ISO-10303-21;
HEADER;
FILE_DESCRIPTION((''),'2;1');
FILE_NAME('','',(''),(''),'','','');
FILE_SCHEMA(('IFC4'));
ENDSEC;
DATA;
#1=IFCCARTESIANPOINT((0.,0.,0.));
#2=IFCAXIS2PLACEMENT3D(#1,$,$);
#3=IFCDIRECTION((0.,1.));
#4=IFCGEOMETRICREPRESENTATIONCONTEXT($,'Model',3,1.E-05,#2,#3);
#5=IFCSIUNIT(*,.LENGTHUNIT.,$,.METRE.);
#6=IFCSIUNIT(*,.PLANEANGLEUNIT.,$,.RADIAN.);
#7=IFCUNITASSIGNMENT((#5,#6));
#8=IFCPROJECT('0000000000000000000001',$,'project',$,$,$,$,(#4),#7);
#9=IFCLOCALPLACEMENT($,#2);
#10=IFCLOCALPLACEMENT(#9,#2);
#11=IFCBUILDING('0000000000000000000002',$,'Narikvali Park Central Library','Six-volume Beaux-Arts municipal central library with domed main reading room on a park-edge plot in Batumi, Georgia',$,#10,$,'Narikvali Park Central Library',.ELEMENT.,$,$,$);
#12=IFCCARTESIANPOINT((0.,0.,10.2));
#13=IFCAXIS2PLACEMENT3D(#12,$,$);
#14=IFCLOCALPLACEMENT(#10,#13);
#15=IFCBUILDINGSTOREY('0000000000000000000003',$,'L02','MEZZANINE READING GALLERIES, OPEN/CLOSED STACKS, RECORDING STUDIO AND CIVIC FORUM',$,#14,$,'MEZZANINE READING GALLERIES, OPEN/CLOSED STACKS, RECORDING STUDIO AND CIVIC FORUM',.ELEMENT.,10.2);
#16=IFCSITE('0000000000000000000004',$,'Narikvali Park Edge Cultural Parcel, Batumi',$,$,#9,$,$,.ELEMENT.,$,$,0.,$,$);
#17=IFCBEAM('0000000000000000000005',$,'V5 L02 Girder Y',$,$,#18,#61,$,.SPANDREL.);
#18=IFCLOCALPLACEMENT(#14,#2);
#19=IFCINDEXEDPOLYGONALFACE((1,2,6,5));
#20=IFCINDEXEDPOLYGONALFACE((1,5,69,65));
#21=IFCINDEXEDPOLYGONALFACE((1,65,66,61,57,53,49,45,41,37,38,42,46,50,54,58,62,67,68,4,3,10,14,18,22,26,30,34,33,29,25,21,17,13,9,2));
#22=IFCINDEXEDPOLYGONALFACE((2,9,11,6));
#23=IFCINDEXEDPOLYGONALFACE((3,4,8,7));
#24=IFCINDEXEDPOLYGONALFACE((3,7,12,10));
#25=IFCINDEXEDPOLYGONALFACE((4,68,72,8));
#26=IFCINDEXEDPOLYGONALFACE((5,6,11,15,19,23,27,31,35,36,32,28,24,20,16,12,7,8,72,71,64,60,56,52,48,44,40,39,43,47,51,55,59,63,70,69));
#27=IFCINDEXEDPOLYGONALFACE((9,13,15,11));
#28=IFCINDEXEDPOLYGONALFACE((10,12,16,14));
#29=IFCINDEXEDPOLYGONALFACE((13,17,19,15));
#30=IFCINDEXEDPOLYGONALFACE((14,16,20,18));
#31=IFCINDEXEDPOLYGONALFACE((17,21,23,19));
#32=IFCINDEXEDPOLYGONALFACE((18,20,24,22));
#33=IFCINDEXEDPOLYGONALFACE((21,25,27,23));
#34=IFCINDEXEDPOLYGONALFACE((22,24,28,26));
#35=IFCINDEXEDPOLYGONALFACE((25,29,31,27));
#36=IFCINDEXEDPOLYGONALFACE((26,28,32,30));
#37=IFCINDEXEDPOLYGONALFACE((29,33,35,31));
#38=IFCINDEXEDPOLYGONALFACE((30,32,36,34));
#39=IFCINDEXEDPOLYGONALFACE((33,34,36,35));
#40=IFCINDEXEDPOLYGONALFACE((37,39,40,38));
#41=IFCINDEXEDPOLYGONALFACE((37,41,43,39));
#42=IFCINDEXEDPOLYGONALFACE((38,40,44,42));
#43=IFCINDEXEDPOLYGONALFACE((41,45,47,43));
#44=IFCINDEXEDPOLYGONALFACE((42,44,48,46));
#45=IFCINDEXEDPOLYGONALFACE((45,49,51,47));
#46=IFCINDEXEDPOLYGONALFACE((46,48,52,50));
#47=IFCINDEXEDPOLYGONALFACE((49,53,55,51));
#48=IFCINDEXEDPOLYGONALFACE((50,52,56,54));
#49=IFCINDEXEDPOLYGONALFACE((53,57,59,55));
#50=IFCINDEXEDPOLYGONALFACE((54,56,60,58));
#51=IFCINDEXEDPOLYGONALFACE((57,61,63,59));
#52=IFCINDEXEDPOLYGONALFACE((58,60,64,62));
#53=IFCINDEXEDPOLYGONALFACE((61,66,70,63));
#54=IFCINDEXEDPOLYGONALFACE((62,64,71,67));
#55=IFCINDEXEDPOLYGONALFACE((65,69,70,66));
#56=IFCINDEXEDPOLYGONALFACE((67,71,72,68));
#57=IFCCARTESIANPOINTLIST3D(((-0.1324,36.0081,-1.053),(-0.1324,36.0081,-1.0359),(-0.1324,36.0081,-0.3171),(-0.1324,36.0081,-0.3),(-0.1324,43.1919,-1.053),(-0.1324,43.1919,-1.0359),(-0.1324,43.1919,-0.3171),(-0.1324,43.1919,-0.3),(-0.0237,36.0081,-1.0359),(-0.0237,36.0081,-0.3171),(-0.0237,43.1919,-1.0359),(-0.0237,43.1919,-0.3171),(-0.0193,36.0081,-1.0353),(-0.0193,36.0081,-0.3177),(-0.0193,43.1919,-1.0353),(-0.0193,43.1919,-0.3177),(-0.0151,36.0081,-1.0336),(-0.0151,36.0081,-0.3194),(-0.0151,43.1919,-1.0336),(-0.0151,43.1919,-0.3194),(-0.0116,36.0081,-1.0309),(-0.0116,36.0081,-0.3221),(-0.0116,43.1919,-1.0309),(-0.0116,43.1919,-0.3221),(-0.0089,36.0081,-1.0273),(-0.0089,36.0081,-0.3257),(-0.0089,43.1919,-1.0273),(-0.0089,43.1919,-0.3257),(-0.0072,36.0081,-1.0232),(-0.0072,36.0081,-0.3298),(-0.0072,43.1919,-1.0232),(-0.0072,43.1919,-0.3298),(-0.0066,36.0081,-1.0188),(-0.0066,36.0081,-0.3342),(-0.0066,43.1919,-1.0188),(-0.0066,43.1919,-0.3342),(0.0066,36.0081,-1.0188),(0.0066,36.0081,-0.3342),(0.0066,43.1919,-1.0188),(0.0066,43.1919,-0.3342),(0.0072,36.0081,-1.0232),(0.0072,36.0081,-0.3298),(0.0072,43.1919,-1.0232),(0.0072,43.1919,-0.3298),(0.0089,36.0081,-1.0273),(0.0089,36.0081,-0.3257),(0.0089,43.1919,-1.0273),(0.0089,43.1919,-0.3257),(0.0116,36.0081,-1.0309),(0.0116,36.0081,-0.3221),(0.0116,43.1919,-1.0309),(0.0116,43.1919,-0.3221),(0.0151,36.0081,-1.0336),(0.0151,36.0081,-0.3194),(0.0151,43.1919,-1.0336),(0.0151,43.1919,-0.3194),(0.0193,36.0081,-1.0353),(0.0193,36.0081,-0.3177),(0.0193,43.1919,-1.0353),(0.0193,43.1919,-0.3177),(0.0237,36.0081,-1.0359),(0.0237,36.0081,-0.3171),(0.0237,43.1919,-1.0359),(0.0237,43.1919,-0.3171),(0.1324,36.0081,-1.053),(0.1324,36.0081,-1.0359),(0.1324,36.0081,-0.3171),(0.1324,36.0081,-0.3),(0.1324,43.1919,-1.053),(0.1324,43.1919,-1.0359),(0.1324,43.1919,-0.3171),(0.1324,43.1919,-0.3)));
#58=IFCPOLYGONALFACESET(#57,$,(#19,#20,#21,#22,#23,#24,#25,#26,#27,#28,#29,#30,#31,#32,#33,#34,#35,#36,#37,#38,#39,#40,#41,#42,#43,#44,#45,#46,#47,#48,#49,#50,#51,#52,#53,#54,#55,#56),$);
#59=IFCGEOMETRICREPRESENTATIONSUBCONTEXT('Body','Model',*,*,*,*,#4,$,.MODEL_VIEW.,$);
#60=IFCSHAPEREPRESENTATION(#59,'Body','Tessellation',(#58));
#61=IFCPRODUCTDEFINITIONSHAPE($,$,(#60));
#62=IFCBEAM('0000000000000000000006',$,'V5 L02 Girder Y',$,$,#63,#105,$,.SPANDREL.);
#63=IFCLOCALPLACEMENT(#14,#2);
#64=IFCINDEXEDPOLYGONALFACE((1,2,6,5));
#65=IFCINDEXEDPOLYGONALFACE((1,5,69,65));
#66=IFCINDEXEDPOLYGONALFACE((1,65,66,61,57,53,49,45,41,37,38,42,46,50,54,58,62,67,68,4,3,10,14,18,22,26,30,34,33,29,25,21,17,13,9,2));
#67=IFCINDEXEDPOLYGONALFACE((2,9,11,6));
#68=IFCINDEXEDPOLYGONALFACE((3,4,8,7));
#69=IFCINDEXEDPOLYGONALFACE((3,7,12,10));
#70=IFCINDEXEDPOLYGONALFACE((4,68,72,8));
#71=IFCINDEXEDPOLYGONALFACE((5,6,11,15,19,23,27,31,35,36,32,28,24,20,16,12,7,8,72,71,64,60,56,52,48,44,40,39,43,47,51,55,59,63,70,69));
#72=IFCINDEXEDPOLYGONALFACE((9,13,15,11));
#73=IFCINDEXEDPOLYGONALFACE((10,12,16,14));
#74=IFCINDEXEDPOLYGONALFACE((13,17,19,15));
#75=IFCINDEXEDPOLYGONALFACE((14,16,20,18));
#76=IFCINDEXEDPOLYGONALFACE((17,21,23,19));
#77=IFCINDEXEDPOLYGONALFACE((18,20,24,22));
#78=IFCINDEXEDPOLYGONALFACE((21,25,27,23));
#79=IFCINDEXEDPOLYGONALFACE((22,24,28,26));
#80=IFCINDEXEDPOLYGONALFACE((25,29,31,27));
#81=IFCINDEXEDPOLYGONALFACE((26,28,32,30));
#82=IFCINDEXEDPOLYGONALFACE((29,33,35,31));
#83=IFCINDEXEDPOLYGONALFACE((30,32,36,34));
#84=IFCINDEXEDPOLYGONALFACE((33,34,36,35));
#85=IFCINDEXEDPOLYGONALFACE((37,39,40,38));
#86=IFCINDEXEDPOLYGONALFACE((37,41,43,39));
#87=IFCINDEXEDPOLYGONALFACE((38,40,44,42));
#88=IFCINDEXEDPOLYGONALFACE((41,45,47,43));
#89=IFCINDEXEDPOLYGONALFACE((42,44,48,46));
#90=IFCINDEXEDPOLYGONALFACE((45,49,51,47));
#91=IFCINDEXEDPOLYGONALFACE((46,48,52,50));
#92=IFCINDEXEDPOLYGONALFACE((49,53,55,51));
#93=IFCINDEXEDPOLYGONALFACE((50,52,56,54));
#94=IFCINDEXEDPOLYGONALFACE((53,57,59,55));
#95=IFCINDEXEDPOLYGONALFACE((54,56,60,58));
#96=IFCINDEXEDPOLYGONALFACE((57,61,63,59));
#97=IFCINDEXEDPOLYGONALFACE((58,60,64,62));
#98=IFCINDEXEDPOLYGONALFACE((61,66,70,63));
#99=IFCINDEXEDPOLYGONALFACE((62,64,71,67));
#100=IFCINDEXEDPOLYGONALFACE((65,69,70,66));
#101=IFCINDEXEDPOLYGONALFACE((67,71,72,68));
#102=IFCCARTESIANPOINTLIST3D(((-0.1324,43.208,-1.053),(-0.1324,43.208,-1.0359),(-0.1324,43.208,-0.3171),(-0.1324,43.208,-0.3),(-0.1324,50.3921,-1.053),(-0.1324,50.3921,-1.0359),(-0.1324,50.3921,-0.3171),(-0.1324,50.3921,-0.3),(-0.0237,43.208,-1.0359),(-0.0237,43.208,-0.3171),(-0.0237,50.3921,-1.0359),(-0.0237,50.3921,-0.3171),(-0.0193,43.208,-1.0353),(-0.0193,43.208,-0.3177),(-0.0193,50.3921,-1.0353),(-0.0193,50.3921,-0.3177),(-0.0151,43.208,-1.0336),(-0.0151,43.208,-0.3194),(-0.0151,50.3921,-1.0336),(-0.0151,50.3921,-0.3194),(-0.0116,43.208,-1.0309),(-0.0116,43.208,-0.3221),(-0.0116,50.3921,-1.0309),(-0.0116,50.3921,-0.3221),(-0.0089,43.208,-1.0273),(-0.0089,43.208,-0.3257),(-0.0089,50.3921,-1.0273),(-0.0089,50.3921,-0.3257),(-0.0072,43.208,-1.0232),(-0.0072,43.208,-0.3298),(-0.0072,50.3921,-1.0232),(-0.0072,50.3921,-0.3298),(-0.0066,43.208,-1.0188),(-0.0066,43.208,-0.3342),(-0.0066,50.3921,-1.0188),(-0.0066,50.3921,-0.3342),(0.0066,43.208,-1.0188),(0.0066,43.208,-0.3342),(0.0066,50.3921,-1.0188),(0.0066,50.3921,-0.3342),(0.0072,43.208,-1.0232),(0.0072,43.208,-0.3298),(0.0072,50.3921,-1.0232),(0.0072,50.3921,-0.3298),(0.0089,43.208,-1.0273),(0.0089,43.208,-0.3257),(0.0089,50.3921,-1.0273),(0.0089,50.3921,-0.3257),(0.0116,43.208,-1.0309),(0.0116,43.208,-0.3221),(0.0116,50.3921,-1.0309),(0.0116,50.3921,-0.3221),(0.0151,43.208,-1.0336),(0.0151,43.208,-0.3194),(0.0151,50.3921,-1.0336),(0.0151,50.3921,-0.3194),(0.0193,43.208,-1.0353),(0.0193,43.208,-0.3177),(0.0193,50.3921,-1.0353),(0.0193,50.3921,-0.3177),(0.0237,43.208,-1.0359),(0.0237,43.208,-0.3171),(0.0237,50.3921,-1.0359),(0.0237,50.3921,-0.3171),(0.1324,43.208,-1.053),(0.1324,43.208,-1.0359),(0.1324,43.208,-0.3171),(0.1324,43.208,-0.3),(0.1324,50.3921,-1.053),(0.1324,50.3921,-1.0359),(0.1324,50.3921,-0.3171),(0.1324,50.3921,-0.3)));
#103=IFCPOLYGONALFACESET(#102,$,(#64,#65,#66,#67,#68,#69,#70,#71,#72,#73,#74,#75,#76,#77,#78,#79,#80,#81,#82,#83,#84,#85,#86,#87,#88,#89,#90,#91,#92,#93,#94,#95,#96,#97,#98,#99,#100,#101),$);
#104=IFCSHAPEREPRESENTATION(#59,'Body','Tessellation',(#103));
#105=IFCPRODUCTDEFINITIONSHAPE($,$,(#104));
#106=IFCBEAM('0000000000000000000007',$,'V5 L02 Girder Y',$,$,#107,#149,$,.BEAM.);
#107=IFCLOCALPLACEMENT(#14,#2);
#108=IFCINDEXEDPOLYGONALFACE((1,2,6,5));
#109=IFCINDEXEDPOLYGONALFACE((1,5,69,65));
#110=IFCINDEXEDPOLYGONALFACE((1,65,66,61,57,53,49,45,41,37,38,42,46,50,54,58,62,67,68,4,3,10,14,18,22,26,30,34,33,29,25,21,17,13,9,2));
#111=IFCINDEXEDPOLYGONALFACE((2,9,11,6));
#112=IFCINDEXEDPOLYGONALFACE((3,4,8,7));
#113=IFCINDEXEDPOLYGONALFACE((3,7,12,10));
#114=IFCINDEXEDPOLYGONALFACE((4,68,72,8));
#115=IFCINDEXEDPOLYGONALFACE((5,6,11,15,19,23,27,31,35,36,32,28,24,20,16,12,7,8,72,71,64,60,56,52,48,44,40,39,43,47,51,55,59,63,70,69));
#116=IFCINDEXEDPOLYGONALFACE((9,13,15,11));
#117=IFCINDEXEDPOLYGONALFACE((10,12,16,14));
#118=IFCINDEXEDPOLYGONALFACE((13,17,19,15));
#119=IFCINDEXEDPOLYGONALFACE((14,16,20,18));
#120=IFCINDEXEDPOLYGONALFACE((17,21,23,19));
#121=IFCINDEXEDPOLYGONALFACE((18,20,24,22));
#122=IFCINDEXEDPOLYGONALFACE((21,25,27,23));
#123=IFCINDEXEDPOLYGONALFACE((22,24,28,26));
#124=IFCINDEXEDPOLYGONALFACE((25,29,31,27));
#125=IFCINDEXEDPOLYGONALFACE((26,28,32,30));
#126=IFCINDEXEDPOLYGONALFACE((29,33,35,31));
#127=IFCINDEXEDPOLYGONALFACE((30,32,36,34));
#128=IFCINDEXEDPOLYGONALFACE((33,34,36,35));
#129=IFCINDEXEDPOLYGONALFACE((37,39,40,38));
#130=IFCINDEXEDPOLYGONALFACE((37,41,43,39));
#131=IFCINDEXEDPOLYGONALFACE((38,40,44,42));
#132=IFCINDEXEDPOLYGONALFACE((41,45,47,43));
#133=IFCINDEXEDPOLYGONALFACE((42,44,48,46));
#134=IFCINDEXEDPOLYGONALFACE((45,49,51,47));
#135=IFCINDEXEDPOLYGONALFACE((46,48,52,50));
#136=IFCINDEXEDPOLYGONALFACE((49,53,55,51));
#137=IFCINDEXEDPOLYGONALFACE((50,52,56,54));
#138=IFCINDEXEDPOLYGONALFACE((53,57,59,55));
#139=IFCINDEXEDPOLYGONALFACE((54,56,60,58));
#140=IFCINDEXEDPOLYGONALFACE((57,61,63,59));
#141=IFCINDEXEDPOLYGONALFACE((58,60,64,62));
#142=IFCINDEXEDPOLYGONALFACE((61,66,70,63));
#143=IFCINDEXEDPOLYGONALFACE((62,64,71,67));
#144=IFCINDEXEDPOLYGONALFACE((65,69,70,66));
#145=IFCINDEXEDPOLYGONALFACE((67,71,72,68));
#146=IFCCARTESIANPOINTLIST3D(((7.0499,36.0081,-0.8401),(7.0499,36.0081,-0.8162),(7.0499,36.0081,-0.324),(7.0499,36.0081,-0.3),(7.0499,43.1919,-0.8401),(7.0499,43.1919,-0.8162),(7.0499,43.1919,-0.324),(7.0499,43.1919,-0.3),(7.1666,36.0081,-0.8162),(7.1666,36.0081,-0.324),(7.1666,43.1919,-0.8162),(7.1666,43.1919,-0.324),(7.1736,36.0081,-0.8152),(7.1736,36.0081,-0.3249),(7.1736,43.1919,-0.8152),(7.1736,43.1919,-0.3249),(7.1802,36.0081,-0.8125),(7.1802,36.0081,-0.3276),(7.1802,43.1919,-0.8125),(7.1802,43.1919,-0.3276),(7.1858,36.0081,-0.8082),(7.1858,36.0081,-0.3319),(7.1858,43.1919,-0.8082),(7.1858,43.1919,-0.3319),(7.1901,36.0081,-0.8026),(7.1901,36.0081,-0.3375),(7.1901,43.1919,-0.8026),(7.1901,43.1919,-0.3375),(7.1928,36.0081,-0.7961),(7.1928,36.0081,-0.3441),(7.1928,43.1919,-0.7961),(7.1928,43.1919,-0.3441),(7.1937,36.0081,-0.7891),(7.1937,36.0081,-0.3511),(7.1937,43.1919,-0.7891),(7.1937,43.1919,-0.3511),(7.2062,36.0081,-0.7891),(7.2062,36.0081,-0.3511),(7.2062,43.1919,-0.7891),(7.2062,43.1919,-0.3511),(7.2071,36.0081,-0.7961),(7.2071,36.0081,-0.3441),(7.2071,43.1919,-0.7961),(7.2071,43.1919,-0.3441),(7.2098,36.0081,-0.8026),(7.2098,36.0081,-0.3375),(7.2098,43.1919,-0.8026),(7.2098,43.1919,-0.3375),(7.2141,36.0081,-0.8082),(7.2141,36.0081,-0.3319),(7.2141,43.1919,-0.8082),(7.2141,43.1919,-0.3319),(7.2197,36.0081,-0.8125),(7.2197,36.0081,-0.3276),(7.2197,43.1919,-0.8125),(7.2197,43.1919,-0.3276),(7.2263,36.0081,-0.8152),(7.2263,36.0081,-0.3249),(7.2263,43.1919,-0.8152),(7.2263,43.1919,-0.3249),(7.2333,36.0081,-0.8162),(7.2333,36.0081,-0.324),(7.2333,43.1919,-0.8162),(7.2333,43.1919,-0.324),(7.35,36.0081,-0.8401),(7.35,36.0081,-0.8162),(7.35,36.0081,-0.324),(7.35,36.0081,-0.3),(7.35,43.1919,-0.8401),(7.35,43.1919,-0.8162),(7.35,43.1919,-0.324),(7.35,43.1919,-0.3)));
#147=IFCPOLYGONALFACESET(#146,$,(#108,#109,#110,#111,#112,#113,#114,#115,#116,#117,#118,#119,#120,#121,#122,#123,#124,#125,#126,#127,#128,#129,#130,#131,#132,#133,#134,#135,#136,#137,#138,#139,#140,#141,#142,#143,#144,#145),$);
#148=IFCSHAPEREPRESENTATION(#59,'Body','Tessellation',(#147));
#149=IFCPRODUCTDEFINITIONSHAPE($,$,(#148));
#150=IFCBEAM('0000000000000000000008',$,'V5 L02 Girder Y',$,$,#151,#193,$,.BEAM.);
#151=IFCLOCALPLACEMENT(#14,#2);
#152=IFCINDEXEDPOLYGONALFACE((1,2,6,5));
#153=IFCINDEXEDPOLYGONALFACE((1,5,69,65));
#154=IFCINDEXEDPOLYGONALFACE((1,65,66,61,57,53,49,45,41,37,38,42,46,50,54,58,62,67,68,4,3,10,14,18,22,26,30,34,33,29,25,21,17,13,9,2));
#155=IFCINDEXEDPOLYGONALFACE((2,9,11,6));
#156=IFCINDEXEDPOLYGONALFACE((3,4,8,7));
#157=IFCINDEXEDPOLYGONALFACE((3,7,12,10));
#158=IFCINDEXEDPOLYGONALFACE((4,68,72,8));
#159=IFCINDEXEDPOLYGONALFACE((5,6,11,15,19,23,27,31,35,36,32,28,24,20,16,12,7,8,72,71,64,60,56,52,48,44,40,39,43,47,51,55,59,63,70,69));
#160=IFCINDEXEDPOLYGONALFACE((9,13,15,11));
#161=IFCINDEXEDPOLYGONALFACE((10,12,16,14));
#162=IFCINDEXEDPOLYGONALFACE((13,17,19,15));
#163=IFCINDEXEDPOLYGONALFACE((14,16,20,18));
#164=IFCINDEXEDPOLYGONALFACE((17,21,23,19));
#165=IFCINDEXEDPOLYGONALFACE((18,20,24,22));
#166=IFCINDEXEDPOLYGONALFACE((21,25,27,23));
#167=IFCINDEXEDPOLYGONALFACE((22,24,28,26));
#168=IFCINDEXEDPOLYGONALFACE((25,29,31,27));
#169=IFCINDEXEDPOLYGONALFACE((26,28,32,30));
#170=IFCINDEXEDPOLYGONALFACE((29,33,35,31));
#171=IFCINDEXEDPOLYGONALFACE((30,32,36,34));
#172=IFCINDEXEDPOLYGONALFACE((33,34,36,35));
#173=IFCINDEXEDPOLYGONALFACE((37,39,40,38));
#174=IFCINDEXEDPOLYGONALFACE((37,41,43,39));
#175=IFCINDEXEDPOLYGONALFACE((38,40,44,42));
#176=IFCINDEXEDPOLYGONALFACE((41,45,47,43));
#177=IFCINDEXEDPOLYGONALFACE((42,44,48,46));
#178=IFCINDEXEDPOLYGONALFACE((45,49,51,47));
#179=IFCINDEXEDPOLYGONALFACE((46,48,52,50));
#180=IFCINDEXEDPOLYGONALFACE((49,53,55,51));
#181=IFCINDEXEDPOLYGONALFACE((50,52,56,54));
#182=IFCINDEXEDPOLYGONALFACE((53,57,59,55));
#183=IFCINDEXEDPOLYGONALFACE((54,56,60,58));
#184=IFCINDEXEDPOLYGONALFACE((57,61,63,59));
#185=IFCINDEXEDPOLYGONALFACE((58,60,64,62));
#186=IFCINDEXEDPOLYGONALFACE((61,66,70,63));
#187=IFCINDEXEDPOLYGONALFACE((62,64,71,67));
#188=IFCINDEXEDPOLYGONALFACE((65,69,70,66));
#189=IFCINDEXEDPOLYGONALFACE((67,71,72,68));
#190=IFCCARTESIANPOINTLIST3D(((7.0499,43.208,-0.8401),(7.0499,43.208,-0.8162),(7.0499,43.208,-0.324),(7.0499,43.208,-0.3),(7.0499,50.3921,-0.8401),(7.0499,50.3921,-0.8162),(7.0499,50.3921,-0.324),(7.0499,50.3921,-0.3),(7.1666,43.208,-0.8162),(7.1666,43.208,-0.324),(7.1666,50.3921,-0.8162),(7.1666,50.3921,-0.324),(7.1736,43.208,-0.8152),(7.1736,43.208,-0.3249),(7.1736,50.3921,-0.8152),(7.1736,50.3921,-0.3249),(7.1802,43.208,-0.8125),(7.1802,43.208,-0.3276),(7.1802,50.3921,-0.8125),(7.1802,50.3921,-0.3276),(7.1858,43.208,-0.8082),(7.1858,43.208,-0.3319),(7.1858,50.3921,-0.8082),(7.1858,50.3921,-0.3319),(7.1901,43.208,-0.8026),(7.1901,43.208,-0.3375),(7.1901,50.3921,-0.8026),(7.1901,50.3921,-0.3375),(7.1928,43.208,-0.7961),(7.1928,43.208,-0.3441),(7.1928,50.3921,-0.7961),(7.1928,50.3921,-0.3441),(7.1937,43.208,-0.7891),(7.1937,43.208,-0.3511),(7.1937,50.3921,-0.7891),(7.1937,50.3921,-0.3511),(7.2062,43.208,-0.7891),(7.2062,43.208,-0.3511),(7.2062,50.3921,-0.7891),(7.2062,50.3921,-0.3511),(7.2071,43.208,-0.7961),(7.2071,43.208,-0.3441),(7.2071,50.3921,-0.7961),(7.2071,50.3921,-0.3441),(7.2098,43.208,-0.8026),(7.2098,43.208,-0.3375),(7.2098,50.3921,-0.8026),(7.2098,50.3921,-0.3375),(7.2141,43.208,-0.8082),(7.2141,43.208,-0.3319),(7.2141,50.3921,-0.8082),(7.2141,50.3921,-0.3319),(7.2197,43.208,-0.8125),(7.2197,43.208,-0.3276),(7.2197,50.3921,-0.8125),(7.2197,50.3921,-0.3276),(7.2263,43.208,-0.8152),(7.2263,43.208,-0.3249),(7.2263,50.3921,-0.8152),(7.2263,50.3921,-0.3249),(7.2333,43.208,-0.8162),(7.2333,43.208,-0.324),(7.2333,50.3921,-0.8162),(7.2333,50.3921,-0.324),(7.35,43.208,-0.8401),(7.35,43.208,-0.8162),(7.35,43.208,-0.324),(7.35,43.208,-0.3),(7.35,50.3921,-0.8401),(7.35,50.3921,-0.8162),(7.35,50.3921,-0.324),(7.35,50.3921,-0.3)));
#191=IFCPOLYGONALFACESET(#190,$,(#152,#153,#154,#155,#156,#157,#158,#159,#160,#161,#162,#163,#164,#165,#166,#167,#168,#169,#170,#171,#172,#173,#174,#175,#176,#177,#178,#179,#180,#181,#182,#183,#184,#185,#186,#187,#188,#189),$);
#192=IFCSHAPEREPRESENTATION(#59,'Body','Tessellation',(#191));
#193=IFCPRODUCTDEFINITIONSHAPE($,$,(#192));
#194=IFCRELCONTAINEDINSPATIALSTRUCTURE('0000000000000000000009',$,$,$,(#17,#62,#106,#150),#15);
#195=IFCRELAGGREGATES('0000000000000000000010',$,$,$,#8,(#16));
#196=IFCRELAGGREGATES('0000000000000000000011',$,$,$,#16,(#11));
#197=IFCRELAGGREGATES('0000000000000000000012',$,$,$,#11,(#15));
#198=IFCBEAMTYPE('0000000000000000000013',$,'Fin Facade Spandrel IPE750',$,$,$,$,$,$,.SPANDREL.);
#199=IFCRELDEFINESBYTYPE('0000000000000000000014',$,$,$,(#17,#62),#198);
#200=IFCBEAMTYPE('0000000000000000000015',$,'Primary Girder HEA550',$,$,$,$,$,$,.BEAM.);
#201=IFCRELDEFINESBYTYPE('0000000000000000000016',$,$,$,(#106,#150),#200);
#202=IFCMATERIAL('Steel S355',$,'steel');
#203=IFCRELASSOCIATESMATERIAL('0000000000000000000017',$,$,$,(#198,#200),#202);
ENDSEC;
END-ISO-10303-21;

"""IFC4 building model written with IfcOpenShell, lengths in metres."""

from ifc_helpers import new_model, si_unit, direction, frame, origin, origin_2d, place, context, subcontext, project, spatial, i_section, extrude, material, material_profile, profile_set, type_object, element, save


model = new_model("IFC4")

# Units and contexts
model_context = context("Model", 3, precision=1e-05, world=origin(), true_north=direction((0.0, 1.0)))
body_context = subcontext(model_context, "Body", "Model", "MODEL_VIEW")
ifc_project = project(units=[si_unit("LENGTHUNIT", "METRE"), si_unit("PLANEANGLEUNIT", "RADIAN")], contexts=[model_context])

# Site, building, storey
site_placement = place(None, origin())
site = spatial("IfcSite", under=ifc_project, at=site_placement, Name="Narikvali Park Edge Cultural Parcel, Batumi", CompositionType="ELEMENT", RefElevation=0.0)
building_placement = place(site_placement, origin())
building = spatial("IfcBuilding", under=site, at=building_placement, Name="Narikvali Park Central Library", Description="Six-volume Beaux-Arts municipal central library with domed main reading room on a park-edge plot in Batumi, Georgia", LongName="Narikvali Park Central Library", CompositionType="ELEMENT")
storey_placement = place(building_placement, frame((0.0, 0.0, 10.2)))
storey = spatial("IfcBuildingStorey", under=building, at=storey_placement, Name="L02", Description="MEZZANINE READING GALLERIES, OPEN/CLOSED STACKS, RECORDING STUDIO AND CIVIC FORUM", LongName="MEZZANINE READING GALLERIES, OPEN/CLOSED STACKS, RECORDING STUDIO AND CIVIC FORUM", CompositionType="ELEMENT", Elevation=10.2)

# Shared definitions
ifc_material_1 = material(Name="Steel S355", Category="steel")

# Beams
ifc_material_profile_1 = material_profile(ifc_material_1, i_section(OverallWidth=0.2649, OverallDepth=0.7529, WebThickness=0.0132, FlangeThickness=0.0171, FilletRadius=0.0171, at=origin_2d()), Name="IPE 750x147")
ifc_profile_set_1 = profile_set([ifc_material_profile_1], Name="Steel S355")
beam_type_1 = type_object("IfcBeamType", Name="Fin Facade Spandrel IPE750", PredefinedType="SPANDREL", material=ifc_profile_set_1)
beam_1_placement = place(storey_placement, frame((0.0, 36.0081, -0.6765), z_axis=(0.0, 1.0, 0.0), x_axis=(-1.0, 0.0, 0.0)))
element("IfcBeam", 1, at=beam_1_placement, inside=storey, type_object=beam_type_1, Name="V5 L02 Girder Y", PredefinedType="SPANDREL", context=body_context, shape_type="SweptSolid", body=[
    extrude(i_section(OverallWidth=0.2649, OverallDepth=0.7529, WebThickness=0.0132, FlangeThickness=0.0171, FilletRadius=0.0171, at=origin_2d()), origin(), (0.0, 0.0, 1.0), 7.1838),
])
beam_2_placement = place(storey_placement, frame((0.0, 43.208, -0.6765), z_axis=(0.0, 1.0, 0.0), x_axis=(-1.0, 0.0, 0.0)))
element("IfcBeam", 2, at=beam_2_placement, inside=storey, type_object=beam_type_1, Name="V5 L02 Girder Y", PredefinedType="SPANDREL", context=body_context, shape_type="SweptSolid", body=[
    extrude(i_section(OverallWidth=0.2649, OverallDepth=0.7529, WebThickness=0.0132, FlangeThickness=0.0171, FilletRadius=0.0171, at=origin_2d()), origin(), (0.0, 0.0, 1.0), 7.1841),
])
ifc_material_profile_2 = material_profile(ifc_material_1, i_section(OverallWidth=0.3, OverallDepth=0.54, WebThickness=0.0125, FlangeThickness=0.0239, FilletRadius=0.0271, at=origin_2d()), Name="HEA 550")
ifc_profile_set_2 = profile_set([ifc_material_profile_2], Name="Steel S355")
beam_type_2 = type_object("IfcBeamType", Name="Primary Girder HEA550", PredefinedType="BEAM", material=ifc_profile_set_2)
beam_3_placement = place(storey_placement, frame((7.2, 36.0081, -0.5701), z_axis=(0.0, 1.0, 0.0), x_axis=(-1.0, 0.0, 0.0)))
element("IfcBeam", 3, at=beam_3_placement, inside=storey, type_object=beam_type_2, Name="V5 L02 Girder Y", PredefinedType="BEAM", context=body_context, shape_type="SweptSolid", body=[
    extrude(i_section(OverallWidth=0.3, OverallDepth=0.54, WebThickness=0.0125, FlangeThickness=0.0239, FilletRadius=0.0271, at=origin_2d()), origin(), (0.0, 0.0, 1.0), 7.1838),
])
beam_4_placement = place(storey_placement, frame((7.2, 43.208, -0.5701), z_axis=(0.0, 1.0, 0.0), x_axis=(-1.0, 0.0, 0.0)))
element("IfcBeam", 4, at=beam_4_placement, inside=storey, type_object=beam_type_2, Name="V5 L02 Girder Y", PredefinedType="BEAM", context=body_context, shape_type="SweptSolid", body=[
    extrude(i_section(OverallWidth=0.3, OverallDepth=0.54, WebThickness=0.0125, FlangeThickness=0.0239, FilletRadius=0.0271, at=origin_2d()), origin(), (0.0, 0.0, 1.0), 7.1841),
])

save(model, "model.ifc")
